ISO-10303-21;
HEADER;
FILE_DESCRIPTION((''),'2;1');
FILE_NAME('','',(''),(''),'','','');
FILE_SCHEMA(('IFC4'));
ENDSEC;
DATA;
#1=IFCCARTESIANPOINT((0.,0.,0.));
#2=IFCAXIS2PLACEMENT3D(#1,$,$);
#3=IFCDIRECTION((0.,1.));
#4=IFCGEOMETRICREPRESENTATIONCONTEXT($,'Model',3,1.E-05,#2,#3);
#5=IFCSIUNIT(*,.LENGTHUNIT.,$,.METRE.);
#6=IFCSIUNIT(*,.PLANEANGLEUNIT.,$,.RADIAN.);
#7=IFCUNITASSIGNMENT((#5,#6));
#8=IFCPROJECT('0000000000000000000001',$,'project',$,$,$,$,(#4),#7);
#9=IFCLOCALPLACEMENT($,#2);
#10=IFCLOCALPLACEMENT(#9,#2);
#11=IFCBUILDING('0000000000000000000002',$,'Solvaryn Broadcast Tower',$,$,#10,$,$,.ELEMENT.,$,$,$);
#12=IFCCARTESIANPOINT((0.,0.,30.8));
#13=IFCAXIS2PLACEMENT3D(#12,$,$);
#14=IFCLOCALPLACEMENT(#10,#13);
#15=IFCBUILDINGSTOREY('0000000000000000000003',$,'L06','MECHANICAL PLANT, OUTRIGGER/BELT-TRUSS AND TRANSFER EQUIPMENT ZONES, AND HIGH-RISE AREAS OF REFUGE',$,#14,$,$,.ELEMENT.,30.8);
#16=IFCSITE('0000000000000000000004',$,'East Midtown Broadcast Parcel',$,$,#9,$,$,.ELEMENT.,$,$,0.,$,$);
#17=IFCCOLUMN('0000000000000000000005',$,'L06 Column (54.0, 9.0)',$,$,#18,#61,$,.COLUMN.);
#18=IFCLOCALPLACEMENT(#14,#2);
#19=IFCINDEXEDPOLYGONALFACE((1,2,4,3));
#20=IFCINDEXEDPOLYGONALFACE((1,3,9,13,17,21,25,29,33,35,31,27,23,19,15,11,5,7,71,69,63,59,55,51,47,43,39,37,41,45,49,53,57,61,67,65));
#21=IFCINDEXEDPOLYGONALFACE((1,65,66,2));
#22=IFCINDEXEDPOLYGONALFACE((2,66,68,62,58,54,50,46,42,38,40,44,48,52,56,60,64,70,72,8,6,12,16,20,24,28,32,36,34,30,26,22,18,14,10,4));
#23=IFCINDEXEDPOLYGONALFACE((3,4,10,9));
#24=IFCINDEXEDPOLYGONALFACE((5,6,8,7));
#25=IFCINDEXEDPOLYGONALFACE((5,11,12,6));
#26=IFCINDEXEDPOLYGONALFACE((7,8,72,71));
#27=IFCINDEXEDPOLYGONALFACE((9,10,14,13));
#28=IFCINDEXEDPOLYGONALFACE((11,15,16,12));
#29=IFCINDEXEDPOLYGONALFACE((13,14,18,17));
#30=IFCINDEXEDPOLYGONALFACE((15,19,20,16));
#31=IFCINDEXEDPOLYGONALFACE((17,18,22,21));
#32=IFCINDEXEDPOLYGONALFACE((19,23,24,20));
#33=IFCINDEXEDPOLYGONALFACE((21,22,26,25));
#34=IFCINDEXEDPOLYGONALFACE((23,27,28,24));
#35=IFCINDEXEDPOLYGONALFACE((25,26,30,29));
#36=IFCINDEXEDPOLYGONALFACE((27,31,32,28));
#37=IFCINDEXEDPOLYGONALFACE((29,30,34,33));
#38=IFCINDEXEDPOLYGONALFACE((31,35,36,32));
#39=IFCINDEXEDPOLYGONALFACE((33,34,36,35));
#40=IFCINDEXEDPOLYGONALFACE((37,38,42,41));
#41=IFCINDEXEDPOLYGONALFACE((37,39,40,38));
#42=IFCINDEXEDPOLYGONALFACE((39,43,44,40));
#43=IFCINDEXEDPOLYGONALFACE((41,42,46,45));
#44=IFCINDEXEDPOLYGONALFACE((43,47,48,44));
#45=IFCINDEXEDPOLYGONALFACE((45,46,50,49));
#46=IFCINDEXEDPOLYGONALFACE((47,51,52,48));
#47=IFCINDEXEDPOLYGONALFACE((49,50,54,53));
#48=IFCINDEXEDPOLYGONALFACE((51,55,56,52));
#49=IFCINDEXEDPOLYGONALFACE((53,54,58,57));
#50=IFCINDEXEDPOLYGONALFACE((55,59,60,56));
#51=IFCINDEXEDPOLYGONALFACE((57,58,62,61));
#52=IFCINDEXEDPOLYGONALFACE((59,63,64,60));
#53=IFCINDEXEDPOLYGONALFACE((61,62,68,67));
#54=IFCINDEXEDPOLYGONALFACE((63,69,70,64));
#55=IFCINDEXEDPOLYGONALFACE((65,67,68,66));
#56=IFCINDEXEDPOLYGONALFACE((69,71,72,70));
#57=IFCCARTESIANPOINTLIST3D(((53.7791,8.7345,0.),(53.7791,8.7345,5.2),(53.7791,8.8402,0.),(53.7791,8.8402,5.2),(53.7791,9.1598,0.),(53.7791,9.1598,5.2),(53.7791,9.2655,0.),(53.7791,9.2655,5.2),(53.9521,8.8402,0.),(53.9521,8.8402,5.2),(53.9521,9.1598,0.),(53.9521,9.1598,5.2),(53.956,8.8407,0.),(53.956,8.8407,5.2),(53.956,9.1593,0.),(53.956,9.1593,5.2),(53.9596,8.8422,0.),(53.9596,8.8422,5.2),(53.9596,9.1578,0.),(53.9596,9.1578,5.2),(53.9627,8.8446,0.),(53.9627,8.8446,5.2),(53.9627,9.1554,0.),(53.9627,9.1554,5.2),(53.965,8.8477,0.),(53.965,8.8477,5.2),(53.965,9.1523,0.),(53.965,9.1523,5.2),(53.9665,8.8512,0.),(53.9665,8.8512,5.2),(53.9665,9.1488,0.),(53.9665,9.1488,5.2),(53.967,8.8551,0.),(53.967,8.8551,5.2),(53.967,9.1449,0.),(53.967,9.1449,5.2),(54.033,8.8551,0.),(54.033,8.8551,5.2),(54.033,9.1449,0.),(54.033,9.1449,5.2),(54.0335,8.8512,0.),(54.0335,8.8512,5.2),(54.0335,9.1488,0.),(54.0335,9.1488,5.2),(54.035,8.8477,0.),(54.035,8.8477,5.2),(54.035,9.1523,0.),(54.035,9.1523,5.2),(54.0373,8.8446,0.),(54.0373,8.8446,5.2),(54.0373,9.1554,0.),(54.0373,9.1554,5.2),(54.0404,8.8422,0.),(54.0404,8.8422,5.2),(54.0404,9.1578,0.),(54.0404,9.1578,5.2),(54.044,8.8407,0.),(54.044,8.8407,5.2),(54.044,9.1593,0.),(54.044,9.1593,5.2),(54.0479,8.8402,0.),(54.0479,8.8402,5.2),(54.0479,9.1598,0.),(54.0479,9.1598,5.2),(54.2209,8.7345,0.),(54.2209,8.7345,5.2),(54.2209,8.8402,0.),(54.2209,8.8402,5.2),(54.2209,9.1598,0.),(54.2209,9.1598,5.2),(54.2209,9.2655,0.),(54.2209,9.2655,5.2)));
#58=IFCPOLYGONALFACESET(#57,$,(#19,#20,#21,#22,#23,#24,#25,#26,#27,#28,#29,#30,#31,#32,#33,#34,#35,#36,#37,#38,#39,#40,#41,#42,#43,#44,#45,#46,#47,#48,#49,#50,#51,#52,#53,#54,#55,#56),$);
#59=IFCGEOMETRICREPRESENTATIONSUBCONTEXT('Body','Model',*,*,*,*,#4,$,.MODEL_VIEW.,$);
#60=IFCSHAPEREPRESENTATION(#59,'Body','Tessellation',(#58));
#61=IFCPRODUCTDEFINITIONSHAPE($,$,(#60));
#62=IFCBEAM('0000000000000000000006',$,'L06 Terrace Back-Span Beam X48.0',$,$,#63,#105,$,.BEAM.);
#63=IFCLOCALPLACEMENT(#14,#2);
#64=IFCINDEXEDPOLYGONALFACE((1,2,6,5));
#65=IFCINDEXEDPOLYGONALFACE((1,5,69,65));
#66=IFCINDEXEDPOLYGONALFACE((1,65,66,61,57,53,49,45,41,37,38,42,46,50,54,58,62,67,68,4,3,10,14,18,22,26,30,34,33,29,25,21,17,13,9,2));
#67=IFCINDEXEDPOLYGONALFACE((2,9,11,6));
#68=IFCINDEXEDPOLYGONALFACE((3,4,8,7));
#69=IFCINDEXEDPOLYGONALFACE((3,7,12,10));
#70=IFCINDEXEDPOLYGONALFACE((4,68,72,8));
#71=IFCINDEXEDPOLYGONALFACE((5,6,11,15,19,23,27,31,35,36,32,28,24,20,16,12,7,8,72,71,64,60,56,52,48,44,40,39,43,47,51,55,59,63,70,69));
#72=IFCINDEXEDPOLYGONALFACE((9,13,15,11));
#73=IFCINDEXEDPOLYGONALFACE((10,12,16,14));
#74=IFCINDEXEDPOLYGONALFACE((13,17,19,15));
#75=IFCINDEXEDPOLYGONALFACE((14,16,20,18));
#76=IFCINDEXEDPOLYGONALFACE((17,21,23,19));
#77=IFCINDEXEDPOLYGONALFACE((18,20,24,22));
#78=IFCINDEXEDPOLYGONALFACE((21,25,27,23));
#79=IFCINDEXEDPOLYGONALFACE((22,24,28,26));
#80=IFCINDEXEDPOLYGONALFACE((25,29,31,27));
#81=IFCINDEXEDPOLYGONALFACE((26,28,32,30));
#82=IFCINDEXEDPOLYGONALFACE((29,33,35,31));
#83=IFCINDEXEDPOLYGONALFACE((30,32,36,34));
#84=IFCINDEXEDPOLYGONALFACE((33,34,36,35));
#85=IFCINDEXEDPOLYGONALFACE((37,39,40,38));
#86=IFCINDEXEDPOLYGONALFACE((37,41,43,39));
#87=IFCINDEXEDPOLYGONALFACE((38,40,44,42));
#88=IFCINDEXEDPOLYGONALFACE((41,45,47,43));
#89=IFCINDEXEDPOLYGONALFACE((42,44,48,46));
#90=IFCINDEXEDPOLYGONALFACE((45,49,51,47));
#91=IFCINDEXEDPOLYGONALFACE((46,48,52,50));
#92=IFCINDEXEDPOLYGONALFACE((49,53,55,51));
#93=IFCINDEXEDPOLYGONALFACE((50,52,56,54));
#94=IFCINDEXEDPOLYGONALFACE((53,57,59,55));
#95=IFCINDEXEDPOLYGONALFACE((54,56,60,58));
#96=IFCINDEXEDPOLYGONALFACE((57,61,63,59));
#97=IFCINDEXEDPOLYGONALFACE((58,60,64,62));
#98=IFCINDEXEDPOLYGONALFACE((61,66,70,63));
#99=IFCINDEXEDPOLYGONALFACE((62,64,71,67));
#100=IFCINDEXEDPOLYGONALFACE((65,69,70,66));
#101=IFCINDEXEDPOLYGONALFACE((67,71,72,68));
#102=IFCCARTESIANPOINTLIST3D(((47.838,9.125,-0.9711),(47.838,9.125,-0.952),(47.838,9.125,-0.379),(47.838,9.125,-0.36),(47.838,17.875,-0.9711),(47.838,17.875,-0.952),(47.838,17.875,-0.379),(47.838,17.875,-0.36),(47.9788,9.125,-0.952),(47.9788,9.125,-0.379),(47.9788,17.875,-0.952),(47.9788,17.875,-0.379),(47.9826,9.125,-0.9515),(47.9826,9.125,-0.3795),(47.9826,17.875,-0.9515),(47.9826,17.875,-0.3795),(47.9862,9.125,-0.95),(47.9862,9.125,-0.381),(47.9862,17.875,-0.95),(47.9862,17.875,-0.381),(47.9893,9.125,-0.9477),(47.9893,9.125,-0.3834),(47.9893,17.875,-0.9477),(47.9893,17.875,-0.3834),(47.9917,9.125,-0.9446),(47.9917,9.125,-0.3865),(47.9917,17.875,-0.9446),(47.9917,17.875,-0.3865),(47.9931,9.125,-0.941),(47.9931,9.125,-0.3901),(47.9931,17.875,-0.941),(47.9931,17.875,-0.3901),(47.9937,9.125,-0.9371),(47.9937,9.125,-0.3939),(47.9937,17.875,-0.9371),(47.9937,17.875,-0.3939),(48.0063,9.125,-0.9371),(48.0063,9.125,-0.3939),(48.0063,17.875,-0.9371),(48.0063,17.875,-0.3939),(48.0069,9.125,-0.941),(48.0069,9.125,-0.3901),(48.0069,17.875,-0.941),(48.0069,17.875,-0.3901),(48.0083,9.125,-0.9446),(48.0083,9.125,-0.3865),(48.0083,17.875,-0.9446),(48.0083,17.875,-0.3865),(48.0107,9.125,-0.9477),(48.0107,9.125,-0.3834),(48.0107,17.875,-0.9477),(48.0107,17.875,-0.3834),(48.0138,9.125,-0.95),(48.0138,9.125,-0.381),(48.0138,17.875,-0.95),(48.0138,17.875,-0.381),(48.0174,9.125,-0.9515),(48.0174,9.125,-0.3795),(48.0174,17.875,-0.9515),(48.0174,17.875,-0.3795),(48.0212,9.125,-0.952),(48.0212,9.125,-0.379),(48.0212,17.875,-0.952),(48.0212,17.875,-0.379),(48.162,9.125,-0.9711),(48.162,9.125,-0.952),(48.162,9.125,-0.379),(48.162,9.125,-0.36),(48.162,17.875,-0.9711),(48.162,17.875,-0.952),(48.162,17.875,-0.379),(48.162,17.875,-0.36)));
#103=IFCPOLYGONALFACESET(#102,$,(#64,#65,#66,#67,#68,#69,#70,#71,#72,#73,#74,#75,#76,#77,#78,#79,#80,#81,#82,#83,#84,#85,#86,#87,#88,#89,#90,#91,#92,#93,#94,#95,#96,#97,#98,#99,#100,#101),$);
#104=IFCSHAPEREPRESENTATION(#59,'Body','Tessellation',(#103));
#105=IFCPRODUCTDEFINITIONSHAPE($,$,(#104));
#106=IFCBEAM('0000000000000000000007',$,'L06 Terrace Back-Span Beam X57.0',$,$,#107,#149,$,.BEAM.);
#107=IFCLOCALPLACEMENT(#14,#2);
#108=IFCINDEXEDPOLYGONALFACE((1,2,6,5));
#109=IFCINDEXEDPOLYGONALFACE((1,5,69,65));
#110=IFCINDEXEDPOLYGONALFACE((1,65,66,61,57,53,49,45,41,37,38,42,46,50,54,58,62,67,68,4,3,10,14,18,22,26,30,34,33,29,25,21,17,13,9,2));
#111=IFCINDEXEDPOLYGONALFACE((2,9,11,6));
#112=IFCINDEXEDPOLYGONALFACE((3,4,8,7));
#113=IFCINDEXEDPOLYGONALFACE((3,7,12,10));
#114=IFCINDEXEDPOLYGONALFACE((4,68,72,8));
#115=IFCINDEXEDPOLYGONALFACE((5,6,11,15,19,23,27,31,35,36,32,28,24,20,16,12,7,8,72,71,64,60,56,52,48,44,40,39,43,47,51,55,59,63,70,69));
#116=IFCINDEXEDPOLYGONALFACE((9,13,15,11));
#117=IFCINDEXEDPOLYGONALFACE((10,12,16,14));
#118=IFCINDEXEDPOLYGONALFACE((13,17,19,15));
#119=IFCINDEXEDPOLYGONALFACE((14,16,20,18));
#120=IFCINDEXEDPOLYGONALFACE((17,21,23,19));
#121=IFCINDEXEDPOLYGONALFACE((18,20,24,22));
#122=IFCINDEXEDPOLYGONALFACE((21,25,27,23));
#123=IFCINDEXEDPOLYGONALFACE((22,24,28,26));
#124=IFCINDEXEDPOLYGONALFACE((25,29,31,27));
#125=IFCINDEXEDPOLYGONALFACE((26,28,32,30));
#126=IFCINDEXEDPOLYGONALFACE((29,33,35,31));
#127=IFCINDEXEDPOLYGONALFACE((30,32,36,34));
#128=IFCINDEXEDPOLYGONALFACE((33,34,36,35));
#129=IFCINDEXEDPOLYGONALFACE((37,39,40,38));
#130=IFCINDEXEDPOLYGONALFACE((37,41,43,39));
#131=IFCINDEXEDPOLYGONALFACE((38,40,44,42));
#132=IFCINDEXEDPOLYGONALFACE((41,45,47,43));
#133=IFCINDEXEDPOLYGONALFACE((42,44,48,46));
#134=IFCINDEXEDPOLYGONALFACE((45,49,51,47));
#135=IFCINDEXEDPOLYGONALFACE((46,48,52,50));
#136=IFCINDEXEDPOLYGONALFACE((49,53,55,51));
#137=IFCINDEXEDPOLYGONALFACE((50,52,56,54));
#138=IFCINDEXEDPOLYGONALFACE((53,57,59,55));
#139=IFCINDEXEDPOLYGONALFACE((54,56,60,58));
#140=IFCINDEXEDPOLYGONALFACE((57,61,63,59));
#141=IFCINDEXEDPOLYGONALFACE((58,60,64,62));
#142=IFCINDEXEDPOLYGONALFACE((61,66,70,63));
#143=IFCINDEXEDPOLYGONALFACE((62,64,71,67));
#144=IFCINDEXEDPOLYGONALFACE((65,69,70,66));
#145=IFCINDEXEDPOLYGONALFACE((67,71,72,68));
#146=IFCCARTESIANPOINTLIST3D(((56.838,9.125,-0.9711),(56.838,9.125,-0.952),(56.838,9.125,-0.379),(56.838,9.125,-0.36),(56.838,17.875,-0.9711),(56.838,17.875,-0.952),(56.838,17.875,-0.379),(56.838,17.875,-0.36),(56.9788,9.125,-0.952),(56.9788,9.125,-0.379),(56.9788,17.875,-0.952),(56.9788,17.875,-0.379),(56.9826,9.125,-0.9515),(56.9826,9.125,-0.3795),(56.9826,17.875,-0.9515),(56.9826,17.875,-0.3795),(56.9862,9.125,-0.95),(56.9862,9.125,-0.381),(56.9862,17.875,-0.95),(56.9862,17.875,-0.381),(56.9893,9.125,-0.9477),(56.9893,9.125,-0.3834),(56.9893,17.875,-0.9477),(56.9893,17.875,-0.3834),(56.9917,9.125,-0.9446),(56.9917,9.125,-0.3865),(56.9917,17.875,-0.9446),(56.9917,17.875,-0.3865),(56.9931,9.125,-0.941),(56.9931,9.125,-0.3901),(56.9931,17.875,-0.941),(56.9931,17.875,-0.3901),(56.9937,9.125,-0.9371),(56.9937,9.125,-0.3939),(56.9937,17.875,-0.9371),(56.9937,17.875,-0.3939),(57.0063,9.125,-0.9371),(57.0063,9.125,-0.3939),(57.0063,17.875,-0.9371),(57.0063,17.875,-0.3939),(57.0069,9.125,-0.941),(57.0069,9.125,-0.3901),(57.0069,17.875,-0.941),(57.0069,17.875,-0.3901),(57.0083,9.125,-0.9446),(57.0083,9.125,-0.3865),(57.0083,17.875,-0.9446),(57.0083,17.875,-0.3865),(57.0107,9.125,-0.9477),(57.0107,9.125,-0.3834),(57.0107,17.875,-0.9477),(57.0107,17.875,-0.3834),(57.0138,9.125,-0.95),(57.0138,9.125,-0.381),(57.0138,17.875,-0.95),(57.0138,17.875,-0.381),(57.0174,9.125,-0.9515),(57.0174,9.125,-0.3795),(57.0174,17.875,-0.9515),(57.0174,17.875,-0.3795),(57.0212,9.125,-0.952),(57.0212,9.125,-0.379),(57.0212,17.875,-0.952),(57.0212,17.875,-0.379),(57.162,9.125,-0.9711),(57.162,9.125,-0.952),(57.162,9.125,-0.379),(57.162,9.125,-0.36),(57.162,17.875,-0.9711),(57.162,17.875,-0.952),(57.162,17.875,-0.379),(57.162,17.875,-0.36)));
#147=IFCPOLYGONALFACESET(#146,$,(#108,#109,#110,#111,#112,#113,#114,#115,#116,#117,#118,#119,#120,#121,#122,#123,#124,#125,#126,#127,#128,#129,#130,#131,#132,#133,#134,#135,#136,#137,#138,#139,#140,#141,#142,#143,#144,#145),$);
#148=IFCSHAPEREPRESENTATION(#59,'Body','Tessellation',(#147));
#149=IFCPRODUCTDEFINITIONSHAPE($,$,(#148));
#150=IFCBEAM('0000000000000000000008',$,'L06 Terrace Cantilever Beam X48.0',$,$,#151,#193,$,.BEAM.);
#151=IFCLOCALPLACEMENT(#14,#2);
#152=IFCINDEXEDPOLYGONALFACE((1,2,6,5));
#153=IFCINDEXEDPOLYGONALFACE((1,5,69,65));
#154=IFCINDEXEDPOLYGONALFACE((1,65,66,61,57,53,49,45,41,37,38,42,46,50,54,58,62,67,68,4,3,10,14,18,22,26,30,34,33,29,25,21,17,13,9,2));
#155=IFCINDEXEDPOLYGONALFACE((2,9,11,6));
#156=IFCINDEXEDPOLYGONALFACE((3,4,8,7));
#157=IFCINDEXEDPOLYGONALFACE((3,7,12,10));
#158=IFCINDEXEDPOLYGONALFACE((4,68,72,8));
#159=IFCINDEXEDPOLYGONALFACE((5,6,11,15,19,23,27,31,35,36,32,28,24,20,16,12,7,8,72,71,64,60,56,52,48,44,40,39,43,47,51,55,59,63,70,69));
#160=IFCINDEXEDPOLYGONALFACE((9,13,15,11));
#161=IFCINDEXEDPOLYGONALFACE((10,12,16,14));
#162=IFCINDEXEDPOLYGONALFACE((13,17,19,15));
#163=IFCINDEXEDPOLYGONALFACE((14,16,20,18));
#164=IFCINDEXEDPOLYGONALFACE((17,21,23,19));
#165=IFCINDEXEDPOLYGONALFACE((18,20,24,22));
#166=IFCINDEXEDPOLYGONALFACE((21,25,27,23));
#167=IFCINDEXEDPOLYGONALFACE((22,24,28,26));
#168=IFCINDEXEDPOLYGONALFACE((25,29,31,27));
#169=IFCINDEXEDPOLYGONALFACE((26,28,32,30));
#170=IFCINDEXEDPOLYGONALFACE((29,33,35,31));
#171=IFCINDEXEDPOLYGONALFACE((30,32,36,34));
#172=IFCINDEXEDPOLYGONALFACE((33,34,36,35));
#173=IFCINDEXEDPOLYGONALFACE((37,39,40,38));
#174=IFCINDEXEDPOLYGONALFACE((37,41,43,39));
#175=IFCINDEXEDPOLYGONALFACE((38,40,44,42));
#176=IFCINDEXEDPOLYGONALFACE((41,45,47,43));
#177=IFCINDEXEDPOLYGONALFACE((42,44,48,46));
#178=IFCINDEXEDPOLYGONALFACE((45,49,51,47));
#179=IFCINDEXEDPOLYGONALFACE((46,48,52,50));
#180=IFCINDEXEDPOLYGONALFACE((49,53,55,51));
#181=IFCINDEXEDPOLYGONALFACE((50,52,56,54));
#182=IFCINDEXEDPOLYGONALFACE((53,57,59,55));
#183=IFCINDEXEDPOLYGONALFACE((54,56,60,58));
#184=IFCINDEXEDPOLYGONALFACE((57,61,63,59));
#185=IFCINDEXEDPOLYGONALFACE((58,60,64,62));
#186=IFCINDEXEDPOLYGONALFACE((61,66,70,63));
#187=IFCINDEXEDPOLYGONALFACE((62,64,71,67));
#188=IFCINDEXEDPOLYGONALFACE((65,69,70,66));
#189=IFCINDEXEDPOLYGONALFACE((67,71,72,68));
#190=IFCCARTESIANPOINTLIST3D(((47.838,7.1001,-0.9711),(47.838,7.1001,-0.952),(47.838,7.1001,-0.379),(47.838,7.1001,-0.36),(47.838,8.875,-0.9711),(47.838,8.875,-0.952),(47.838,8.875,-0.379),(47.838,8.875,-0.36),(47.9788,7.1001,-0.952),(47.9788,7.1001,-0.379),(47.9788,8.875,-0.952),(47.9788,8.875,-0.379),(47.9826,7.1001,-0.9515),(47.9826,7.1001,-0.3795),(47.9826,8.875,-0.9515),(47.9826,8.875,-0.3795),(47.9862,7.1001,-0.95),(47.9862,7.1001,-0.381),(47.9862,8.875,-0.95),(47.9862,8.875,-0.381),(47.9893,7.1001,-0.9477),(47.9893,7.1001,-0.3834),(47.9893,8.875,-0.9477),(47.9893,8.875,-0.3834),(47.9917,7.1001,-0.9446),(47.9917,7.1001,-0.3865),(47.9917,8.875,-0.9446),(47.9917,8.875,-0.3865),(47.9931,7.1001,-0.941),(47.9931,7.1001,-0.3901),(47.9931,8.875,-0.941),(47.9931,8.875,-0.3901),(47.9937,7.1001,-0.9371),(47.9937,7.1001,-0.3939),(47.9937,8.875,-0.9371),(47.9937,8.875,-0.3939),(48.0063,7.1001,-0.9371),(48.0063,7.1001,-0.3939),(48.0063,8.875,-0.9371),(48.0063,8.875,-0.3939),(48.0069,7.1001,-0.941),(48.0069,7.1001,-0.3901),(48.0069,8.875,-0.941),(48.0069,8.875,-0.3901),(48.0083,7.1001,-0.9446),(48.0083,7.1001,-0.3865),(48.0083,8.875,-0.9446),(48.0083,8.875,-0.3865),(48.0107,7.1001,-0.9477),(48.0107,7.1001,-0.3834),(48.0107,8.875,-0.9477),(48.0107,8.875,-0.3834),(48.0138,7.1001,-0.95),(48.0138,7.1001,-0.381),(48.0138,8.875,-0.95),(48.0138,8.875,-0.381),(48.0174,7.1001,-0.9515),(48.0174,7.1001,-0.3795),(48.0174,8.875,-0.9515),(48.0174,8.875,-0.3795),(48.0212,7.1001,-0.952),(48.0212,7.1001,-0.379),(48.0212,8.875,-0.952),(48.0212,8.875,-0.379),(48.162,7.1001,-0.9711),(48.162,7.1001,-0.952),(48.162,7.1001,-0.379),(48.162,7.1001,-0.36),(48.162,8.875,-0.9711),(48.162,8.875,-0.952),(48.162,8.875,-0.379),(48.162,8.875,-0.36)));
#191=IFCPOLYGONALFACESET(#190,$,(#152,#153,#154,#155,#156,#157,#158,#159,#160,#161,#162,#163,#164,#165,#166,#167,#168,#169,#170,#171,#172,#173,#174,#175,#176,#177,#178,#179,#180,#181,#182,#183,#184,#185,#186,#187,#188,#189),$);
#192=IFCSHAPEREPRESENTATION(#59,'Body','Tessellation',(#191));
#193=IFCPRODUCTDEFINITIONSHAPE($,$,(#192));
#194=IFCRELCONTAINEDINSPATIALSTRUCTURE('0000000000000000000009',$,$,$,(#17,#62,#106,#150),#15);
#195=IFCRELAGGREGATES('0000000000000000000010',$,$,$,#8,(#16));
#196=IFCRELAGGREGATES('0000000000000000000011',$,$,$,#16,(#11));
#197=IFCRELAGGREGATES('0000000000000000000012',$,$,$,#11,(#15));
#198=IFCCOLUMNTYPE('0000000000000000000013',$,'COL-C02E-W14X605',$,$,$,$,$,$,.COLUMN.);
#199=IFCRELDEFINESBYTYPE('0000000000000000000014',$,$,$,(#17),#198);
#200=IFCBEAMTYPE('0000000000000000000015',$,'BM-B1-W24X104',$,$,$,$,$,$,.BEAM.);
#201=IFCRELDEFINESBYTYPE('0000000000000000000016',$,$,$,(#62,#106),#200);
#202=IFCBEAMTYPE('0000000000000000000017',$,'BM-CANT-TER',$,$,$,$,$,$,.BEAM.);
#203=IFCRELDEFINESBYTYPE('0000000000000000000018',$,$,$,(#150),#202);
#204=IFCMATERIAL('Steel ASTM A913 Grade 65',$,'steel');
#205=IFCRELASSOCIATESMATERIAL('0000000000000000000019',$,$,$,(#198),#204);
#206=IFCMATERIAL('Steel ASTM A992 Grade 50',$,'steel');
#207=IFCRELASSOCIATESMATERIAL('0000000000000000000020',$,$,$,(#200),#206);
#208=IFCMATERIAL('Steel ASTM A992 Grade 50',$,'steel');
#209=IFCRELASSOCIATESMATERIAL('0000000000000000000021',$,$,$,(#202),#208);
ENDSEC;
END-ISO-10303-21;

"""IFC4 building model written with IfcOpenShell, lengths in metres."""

from ifc_helpers import new_model, si_unit, direction, frame, origin, origin_2d, place, context, subcontext, project, spatial, i_section, extrude, material, material_profile, profile_set, type_object, element, save


model = new_model("IFC4")

# Units and contexts
model_context = context("Model", 3, precision=1e-05, world=origin(), true_north=direction((0.0, 1.0)))
body_context = subcontext(model_context, "Body", "Model", "MODEL_VIEW")
ifc_project = project(units=[si_unit("LENGTHUNIT", "METRE"), si_unit("PLANEANGLEUNIT", "RADIAN")], contexts=[model_context])

# Site, building, storey
site_placement = place(None, origin())
site = spatial("IfcSite", under=ifc_project, at=site_placement, Name="East Midtown Broadcast Parcel", CompositionType="ELEMENT", RefElevation=0.0)
building_placement = place(site_placement, origin())
building = spatial("IfcBuilding", under=site, at=building_placement, Name="Solvaryn Broadcast Tower", CompositionType="ELEMENT")
storey_placement = place(building_placement, frame((0.0, 0.0, 30.8)))
storey = spatial("IfcBuildingStorey", under=building, at=storey_placement, Name="L06", Description="MECHANICAL PLANT, OUTRIGGER/BELT-TRUSS AND TRANSFER EQUIPMENT ZONES, AND HIGH-RISE AREAS OF REFUGE", CompositionType="ELEMENT", Elevation=30.8)

# Column
ifc_material_1 = material(Name="Steel ASTM A913 Grade 65", Category="steel")
ifc_material_profile_1 = material_profile(ifc_material_1, i_section(OverallWidth=0.4419, OverallDepth=0.531, WebThickness=0.0659, FlangeThickness=0.1057, FilletRadius=0.0149, at=origin_2d()))
ifc_profile_set_1 = profile_set([ifc_material_profile_1], Name="Steel ASTM A913 Grade 65")
column_type = type_object("IfcColumnType", Name="COL-C02E-W14X605", PredefinedType="COLUMN", material=ifc_profile_set_1)
column_placement = place(storey_placement, frame((54.0, 9.0, 0.0), z_axis=(0.0, 0.0, 1.0), x_axis=(1.0, 0.0, 0.0)))
element("IfcColumn", 1, at=column_placement, inside=storey, type_object=column_type, Name="L06 Column (54.0, 9.0)", PredefinedType="COLUMN", context=body_context, shape_type="SweptSolid", body=[
    extrude(i_section(OverallWidth=0.4419, OverallDepth=0.531, WebThickness=0.0659, FlangeThickness=0.1057, FilletRadius=0.0149, at=origin_2d()), origin(), (0.0, 0.0, 1.0), 5.2),
])

# Beams
ifc_material_2 = material(Name="Steel ASTM A992 Grade 50", Category="steel")
ifc_material_profile_2 = material_profile(ifc_material_2, i_section(OverallWidth=0.324, OverallDepth=0.6111, WebThickness=0.0127, FlangeThickness=0.019, FilletRadius=0.0149, at=origin_2d()))
ifc_profile_set_2 = profile_set([ifc_material_profile_2], Name="Steel ASTM A992 Grade 50")
beam_type_1 = type_object("IfcBeamType", Name="BM-B1-W24X104", PredefinedType="BEAM", material=ifc_profile_set_2)
for number, where, z_axis, x_axis, name in (
    (2, (48.0, 17.875, -0.6655), (0.0, -1.0, 0.0), (1.0, 0.0, 0.0), "L06 Terrace Back-Span Beam X48.0"),
    (3, (57.0, 17.875, -0.6655), (0.0, -1.0, 0.0), (1.0, 0.0, 0.0), "L06 Terrace Back-Span Beam X57.0"),
):
    element("IfcBeam", number, at=place(storey_placement, frame(where, z_axis=z_axis, x_axis=x_axis)), inside=storey, type_object=beam_type_1, Name=name, PredefinedType="BEAM", context=body_context, shape_type="SweptSolid", body=[
        extrude(i_section(OverallWidth=0.324, OverallDepth=0.6111, WebThickness=0.0127, FlangeThickness=0.019, FilletRadius=0.0149, at=origin_2d()), origin(), (0.0, 0.0, 1.0), 8.75),
    ])
ifc_material_3 = material(Name="Steel ASTM A992 Grade 50", Category="steel")
ifc_material_profile_3 = material_profile(ifc_material_3, i_section(OverallWidth=0.324, OverallDepth=0.6111, WebThickness=0.0127, FlangeThickness=0.019, FilletRadius=0.0149, at=origin_2d()))
ifc_profile_set_3 = profile_set([ifc_material_profile_3], Name="Steel ASTM A992 Grade 50")
beam_type_2 = type_object("IfcBeamType", Name="BM-CANT-TER", PredefinedType="BEAM", material=ifc_profile_set_3)
for number, where, z_axis, x_axis, name in (
    (4, (48.0, 8.875, -0.6655), (0.0, -1.0, 0.0), (1.0, 0.0, 0.0), "L06 Terrace Cantilever Beam X48.0"),
):
    element("IfcBeam", number, at=place(storey_placement, frame(where, z_axis=z_axis, x_axis=x_axis)), inside=storey, type_object=beam_type_2, Name=name, PredefinedType="BEAM", context=body_context, shape_type="SweptSolid", body=[
        extrude(i_section(OverallWidth=0.324, OverallDepth=0.6111, WebThickness=0.0127, FlangeThickness=0.019, FilletRadius=0.0149, at=origin_2d()), origin(), (0.0, 0.0, 1.0), 1.7749),
    ])

save(model, "model.ifc")
